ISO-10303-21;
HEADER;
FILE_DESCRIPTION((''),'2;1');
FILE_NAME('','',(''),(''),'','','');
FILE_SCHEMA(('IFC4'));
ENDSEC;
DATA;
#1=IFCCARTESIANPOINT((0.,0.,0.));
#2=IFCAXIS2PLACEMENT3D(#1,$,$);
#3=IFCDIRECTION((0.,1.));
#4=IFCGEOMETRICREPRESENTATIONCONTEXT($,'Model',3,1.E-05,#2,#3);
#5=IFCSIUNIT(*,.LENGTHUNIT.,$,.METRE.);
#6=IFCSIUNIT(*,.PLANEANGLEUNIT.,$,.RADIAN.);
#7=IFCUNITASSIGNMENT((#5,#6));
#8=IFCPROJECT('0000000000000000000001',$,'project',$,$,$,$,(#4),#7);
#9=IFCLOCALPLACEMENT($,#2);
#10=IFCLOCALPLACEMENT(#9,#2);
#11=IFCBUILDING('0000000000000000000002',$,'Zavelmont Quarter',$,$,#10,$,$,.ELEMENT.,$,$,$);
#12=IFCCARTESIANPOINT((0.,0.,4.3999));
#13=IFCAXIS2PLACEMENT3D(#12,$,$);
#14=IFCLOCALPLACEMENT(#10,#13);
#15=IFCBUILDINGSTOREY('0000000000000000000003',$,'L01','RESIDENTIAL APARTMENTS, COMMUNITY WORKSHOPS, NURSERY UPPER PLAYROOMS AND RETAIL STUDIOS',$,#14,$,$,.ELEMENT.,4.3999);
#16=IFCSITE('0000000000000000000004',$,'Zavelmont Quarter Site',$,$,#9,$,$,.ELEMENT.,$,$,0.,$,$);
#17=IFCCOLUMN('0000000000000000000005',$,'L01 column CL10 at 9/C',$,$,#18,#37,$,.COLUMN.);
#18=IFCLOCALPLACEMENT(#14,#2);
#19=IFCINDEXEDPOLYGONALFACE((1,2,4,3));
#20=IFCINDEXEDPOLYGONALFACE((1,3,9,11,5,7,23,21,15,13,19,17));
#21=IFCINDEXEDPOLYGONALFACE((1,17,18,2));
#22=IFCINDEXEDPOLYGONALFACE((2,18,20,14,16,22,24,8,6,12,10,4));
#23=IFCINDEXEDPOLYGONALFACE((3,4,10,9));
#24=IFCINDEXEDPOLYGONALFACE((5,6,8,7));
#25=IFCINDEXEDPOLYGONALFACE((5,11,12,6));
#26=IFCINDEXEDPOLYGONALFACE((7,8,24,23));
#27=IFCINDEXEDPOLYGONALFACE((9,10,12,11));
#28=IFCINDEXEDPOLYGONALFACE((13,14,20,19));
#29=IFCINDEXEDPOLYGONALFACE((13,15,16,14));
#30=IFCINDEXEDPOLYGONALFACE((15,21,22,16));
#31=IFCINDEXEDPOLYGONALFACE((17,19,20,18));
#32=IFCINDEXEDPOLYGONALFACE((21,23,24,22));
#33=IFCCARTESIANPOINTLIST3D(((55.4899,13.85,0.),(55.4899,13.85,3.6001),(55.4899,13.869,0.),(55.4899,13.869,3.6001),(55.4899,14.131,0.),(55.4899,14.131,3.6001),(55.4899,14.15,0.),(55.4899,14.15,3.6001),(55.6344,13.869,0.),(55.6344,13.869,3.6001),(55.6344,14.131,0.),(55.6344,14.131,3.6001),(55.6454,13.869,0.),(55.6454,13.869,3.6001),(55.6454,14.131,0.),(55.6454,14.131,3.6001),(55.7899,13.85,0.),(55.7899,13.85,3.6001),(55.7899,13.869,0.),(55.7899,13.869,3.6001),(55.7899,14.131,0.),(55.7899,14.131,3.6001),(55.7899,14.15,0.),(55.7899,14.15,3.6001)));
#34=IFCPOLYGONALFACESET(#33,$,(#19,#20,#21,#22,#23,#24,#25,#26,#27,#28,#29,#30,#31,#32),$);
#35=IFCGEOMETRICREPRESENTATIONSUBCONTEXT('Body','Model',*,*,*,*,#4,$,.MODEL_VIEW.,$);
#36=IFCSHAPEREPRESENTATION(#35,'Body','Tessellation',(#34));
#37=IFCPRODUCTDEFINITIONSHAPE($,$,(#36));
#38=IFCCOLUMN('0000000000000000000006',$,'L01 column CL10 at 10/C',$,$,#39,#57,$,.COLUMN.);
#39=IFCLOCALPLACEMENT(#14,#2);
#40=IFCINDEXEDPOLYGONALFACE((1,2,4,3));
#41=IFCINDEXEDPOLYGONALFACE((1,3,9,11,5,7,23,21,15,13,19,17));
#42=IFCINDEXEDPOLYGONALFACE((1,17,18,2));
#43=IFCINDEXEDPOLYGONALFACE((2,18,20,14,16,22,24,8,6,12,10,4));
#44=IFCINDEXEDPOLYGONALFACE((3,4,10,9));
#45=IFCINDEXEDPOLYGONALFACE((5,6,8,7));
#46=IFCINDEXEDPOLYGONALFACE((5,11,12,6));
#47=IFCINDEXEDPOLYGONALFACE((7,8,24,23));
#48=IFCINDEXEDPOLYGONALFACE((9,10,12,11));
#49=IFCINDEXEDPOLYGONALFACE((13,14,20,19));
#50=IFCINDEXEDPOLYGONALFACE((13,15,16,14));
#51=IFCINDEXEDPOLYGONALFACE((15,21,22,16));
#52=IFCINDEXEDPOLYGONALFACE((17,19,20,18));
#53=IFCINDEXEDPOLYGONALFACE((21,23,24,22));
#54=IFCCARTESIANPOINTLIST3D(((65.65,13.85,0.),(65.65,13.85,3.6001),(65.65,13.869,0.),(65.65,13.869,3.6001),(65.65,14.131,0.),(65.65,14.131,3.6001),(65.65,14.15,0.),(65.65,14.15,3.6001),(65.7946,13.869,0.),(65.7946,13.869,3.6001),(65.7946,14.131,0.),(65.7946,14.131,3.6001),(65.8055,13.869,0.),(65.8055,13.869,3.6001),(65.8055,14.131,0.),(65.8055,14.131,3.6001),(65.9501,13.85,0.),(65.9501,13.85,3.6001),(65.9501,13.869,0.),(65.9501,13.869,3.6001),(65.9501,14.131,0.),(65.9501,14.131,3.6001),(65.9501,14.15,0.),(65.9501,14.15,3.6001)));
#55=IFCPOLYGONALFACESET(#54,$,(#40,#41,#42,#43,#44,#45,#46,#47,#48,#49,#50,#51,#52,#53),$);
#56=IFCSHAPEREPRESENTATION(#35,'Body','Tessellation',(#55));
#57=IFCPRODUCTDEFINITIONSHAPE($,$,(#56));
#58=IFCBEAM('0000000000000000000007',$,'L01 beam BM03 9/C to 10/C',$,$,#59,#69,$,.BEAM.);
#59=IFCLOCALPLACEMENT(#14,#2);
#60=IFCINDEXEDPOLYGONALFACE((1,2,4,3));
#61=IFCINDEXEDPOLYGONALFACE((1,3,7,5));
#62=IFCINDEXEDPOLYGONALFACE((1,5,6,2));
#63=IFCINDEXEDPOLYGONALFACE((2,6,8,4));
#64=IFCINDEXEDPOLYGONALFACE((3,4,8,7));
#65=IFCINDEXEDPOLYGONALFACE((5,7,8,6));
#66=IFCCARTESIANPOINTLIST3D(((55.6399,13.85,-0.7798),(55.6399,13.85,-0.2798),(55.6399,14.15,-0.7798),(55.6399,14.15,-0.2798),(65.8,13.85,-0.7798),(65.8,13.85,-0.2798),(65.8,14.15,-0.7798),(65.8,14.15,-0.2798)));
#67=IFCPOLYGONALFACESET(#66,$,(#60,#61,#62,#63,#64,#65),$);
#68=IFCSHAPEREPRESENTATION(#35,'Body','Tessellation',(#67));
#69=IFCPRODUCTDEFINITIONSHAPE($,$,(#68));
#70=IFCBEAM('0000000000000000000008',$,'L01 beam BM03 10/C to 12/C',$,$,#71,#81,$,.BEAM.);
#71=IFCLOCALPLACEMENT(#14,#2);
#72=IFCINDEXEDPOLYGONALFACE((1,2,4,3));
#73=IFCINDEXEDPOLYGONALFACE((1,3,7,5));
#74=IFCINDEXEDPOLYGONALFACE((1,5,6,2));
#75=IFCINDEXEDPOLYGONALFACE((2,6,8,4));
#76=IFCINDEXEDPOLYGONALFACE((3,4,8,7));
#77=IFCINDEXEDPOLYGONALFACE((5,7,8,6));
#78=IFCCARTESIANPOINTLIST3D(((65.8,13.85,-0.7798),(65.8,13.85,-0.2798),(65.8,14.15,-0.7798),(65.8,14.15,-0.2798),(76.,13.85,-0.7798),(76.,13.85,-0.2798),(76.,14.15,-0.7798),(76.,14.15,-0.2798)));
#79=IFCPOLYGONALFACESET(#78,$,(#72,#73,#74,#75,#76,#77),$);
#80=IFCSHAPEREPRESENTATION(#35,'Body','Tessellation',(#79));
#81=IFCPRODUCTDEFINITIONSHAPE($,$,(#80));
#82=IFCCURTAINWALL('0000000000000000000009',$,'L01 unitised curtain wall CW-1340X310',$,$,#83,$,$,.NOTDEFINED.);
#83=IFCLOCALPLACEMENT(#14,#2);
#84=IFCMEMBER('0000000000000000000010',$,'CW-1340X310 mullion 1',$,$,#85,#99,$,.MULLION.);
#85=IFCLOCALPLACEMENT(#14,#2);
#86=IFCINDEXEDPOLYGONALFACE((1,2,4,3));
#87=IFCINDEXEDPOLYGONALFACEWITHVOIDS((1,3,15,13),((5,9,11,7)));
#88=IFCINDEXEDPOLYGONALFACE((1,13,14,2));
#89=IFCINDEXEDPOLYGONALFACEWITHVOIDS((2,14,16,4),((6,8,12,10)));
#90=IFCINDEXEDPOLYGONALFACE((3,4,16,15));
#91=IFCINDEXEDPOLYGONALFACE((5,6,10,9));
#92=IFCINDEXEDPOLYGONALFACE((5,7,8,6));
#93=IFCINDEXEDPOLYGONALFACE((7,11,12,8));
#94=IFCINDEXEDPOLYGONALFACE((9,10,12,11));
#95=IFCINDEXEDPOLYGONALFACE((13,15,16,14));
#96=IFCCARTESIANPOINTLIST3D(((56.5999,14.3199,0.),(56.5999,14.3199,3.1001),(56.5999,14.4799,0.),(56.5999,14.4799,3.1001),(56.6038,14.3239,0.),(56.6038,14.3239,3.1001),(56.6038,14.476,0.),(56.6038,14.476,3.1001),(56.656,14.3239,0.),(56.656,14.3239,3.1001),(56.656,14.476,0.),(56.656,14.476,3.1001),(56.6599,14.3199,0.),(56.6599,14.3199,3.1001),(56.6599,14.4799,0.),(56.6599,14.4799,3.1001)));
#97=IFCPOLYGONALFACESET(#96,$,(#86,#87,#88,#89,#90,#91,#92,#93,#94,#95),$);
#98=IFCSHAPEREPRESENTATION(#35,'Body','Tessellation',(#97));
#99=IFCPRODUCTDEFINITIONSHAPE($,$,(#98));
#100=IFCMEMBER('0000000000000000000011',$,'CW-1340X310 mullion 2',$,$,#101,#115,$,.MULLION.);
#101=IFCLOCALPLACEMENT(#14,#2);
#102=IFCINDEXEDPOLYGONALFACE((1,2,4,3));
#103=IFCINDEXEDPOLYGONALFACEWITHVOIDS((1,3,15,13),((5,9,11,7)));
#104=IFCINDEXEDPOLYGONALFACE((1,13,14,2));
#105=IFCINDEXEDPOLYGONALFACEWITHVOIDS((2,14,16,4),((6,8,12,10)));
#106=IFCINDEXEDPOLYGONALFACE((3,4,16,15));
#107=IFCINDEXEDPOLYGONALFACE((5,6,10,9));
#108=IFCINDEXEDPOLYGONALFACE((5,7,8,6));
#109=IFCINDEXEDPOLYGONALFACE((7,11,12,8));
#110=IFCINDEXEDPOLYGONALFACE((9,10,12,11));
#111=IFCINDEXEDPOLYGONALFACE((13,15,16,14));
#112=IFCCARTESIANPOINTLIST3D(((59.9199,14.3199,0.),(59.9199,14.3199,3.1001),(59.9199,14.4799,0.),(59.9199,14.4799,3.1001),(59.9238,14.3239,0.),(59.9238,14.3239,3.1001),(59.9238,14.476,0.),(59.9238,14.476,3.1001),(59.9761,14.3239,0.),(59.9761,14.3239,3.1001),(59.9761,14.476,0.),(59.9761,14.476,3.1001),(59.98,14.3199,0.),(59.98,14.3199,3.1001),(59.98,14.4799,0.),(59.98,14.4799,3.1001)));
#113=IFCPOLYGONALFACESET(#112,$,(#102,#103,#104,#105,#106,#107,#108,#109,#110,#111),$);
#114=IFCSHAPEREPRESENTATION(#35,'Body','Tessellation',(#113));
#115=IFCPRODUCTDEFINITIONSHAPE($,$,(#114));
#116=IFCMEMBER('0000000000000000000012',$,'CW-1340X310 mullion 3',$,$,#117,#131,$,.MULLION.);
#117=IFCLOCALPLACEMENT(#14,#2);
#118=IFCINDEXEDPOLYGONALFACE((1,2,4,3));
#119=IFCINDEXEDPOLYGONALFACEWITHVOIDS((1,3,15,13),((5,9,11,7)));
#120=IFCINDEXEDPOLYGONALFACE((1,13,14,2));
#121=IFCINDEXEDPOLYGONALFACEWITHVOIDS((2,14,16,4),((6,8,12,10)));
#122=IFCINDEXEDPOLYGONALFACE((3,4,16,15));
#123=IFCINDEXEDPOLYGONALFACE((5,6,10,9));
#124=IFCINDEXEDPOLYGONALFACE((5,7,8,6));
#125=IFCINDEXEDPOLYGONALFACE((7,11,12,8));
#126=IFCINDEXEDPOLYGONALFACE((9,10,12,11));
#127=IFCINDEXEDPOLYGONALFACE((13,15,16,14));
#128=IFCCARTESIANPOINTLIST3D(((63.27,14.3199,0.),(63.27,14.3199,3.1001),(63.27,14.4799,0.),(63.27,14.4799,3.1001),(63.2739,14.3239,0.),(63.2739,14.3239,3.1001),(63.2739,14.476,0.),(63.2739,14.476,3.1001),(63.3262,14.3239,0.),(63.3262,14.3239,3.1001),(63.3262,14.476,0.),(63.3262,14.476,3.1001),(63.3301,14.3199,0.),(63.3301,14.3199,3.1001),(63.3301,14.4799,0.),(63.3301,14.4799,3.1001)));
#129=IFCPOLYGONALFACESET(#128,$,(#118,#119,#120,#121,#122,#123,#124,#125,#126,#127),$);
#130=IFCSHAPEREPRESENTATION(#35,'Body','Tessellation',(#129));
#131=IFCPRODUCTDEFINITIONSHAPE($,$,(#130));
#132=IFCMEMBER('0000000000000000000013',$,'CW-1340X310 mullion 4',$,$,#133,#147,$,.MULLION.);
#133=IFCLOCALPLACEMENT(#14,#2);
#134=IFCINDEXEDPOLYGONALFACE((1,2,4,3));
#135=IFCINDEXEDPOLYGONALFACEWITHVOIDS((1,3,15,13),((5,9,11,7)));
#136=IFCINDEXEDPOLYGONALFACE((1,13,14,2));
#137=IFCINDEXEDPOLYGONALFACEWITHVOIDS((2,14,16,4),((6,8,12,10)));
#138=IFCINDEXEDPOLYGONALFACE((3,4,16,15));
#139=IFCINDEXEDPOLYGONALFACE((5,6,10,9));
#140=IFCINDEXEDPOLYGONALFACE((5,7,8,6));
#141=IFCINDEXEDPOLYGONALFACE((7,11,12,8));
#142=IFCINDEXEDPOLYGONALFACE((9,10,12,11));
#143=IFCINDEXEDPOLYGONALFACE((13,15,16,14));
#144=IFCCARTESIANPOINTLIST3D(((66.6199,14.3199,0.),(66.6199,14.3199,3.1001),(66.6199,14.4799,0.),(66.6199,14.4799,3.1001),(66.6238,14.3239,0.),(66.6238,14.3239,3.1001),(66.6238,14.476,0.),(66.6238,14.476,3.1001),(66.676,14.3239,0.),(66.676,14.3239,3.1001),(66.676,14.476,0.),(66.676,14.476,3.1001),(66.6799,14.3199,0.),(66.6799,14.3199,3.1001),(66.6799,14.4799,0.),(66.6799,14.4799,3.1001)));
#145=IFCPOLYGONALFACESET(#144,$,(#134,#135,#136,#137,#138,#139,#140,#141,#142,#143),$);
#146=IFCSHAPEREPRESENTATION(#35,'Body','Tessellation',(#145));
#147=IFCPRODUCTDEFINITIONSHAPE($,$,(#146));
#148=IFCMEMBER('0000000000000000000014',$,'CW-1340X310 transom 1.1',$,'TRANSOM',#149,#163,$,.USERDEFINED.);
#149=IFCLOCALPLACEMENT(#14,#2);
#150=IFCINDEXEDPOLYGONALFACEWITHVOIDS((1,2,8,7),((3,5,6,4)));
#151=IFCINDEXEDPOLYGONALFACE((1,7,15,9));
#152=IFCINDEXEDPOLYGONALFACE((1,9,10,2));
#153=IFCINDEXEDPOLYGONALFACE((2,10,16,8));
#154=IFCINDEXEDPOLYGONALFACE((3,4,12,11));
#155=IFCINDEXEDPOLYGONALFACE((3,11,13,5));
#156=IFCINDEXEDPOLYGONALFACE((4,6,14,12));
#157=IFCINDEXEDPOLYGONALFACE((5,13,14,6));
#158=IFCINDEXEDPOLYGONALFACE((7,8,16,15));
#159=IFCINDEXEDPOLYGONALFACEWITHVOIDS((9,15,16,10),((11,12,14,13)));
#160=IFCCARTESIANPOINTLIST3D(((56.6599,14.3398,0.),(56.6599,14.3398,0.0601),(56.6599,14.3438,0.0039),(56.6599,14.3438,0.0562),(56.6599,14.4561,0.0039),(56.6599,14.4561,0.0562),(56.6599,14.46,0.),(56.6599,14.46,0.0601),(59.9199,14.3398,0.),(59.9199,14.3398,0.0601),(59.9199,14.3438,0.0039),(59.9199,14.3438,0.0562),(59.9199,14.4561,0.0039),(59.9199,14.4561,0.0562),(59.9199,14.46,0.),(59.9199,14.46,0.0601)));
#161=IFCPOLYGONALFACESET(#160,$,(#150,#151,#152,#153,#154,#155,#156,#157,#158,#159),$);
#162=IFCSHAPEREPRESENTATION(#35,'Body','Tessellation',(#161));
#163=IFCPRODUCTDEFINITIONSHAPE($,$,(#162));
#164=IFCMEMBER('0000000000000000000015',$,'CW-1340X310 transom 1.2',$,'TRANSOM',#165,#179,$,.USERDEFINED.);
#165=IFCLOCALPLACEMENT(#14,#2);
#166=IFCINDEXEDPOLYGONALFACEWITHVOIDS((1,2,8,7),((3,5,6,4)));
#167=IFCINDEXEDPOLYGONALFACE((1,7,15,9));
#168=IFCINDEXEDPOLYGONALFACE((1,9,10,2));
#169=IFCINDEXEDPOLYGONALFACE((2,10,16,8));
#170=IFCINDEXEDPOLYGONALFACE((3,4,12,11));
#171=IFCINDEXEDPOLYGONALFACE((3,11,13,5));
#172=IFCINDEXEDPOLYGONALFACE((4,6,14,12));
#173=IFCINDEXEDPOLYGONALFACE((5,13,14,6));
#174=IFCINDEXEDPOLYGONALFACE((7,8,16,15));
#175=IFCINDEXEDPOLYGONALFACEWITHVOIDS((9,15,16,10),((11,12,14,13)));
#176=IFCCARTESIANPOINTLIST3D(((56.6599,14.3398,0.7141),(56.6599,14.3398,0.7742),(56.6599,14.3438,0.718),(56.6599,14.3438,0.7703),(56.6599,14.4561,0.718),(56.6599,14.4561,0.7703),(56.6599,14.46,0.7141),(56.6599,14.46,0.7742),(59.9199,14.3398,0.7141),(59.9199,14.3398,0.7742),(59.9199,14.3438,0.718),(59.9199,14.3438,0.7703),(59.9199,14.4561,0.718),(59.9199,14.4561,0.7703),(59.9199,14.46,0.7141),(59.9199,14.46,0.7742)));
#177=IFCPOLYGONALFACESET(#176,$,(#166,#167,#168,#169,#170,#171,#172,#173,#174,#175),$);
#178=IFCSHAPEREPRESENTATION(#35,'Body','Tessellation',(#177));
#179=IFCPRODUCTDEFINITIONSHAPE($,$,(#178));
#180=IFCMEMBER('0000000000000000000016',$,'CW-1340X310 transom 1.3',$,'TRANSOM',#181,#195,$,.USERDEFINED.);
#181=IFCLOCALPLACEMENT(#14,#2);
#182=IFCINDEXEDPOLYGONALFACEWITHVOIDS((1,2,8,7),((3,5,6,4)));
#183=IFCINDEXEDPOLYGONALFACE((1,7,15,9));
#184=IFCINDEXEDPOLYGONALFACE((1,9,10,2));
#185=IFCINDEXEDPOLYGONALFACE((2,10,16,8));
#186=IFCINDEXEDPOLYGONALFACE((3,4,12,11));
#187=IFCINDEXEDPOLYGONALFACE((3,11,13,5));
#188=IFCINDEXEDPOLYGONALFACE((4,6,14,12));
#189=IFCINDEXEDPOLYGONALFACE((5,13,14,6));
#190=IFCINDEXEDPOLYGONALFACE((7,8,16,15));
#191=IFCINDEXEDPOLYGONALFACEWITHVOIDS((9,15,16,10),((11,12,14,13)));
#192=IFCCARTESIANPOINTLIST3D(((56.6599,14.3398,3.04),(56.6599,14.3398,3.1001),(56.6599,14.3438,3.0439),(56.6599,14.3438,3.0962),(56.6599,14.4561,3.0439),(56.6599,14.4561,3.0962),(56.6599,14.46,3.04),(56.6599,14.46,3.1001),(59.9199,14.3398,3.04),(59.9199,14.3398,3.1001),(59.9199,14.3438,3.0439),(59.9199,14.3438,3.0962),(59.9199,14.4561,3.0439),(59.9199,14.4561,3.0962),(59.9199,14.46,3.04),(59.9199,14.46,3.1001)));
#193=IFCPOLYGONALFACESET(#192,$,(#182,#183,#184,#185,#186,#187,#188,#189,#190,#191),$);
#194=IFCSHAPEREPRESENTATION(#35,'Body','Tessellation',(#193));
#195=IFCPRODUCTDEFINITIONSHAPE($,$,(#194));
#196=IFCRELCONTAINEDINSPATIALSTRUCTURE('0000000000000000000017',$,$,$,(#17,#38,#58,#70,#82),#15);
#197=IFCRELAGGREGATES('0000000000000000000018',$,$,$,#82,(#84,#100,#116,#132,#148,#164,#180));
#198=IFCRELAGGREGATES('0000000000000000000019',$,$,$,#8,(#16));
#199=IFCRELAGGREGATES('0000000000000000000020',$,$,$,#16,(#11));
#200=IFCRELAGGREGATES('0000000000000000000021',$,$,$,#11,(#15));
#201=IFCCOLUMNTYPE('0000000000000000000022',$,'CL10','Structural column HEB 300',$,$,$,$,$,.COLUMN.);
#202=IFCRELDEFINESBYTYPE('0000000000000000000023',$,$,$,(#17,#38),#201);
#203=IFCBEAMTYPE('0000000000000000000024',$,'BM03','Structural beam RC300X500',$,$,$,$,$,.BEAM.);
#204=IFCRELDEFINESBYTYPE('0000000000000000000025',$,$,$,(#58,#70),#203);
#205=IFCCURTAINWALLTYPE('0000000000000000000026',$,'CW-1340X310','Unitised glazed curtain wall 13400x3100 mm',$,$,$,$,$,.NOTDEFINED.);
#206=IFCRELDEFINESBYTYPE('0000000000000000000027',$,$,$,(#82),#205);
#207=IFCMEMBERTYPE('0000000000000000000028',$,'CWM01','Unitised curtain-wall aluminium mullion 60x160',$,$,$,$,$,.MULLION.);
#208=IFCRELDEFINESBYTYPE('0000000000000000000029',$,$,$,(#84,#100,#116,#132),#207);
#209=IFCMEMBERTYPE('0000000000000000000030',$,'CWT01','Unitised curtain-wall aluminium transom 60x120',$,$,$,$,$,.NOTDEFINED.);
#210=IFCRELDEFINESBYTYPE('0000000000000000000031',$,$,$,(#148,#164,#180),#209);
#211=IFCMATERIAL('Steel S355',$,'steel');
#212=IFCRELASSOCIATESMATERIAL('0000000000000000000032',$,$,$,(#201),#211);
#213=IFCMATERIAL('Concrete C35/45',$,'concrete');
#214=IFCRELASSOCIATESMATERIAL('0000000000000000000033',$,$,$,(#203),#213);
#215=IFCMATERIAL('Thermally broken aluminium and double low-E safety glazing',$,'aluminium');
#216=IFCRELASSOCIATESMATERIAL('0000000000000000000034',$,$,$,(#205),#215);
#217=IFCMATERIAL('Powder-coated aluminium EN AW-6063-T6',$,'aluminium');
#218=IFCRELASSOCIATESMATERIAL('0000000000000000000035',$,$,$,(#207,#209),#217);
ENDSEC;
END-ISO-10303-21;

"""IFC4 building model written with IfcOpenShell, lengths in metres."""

from ifc_helpers import new_model, si_unit, direction, frame, origin, origin_2d, place, context, subcontext, project, spatial, rectangle, hollow_rectangle, i_section, extrude, material, material_profile, profile_set, type_object, element, aggregate, save


model = new_model("IFC4")

# Units and contexts
model_context = context("Model", 3, precision=1e-05, world=origin(), true_north=direction((0.0, 1.0)))
body_context = subcontext(model_context, "Body", "Model", "MODEL_VIEW")
ifc_project = project(units=[si_unit("LENGTHUNIT", "METRE"), si_unit("PLANEANGLEUNIT", "RADIAN")], contexts=[model_context])

# Site, building, storey
site_placement = place(None, origin())
site = spatial("IfcSite", under=ifc_project, at=site_placement, Name="Zavelmont Quarter Site", CompositionType="ELEMENT", RefElevation=0.0)
building_placement = place(site_placement, origin())
building = spatial("IfcBuilding", under=site, at=building_placement, Name="Zavelmont Quarter", CompositionType="ELEMENT")
storey_placement = place(building_placement, frame((0.0, 0.0, 4.3999)))
storey = spatial("IfcBuildingStorey", under=building, at=storey_placement, Name="L01", Description="RESIDENTIAL APARTMENTS, COMMUNITY WORKSHOPS, NURSERY UPPER PLAYROOMS AND RETAIL STUDIOS", CompositionType="ELEMENT", Elevation=4.3999)

# Columns
ifc_material_1 = material(Name="Steel S355", Category="steel")
ifc_material_profile_1 = material_profile(ifc_material_1, i_section(OverallWidth=0.3, OverallDepth=0.3, WebThickness=0.011, FlangeThickness=0.019, at=origin_2d()), Name="HEB 300")
ifc_profile_set_1 = profile_set([ifc_material_profile_1], Name="Steel S355")
column_type = type_object("IfcColumnType", Name="CL10", Description="Structural column HEB 300", PredefinedType="COLUMN", material=ifc_profile_set_1)
for number, where, z_axis, x_axis, name in (
    (1, (55.6399, 14.0, 0.0), (0.0, 0.0, 1.0), (1.0, 0.0, 0.0), "L01 column CL10 at 9/C"),
    (2, (65.8, 14.0, 0.0), (0.0, 0.0, 1.0), (1.0, 0.0, 0.0), "L01 column CL10 at 10/C"),
):
    element("IfcColumn", number, at=place(storey_placement, frame(where, z_axis=z_axis, x_axis=x_axis)), inside=storey, type_object=column_type, Name=name, PredefinedType="COLUMN", context=body_context, shape_type="SweptSolid", body=[
        extrude(i_section(OverallWidth=0.3, OverallDepth=0.3, WebThickness=0.011, FlangeThickness=0.019, at=origin_2d()), origin(), (0.0, 0.0, 1.0), 3.6001),
    ])

# Beams
ifc_material_2 = material(Name="Concrete C35/45", Category="concrete")
ifc_material_profile_2 = material_profile(ifc_material_2, rectangle(XDim=0.3, YDim=0.5, at=origin_2d()), Name="RC300X500")
ifc_profile_set_2 = profile_set([ifc_material_profile_2], Name="Concrete C35/45")
beam_type = type_object("IfcBeamType", Name="BM03", Description="Structural beam RC300X500", PredefinedType="BEAM", material=ifc_profile_set_2)
beam_1_placement = place(storey_placement, frame((55.6399, 14.0, -0.5298), z_axis=(1.0, 0.0, 0.0), x_axis=(0.0, 1.0, 0.0)))
element("IfcBeam", 3, at=beam_1_placement, inside=storey, type_object=beam_type, Name="L01 beam BM03 9/C to 10/C", PredefinedType="BEAM", context=body_context, shape_type="SweptSolid", body=[
    extrude(rectangle(XDim=0.3, YDim=0.5, at=origin_2d()), origin(), (0.0, 0.0, 1.0), 10.1602),
])
beam_2_placement = place(storey_placement, frame((65.8, 14.0, -0.5298), z_axis=(1.0, 0.0, 0.0), x_axis=(0.0, 1.0, 0.0)))
element("IfcBeam", 4, at=beam_2_placement, inside=storey, type_object=beam_type, Name="L01 beam BM03 10/C to 12/C", PredefinedType="BEAM", context=body_context, shape_type="SweptSolid", body=[
    extrude(rectangle(XDim=0.3, YDim=0.5, at=origin_2d()), origin(), (0.0, 0.0, 1.0), 10.2),
])

# Curtain wall, members
ifc_material_3 = material(Name="Thermally broken aluminium and double low-E safety glazing", Category="aluminium")
curtain_wall_type = type_object("IfcCurtainWallType", Name="CW-1340X310", Description="Unitised glazed curtain wall 13400x3100 mm", PredefinedType="NOTDEFINED", material=ifc_material_3)
curtain_wall_placement = place(storey_placement, origin())
curtain_wall = element("IfcCurtainWall", 5, at=curtain_wall_placement, inside=storey, type_object=curtain_wall_type, Name="L01 unitised curtain wall CW-1340X310", PredefinedType="NOTDEFINED")
ifc_material_4 = material(Name="Powder-coated aluminium EN AW-6063-T6", Category="aluminium")
ifc_material_profile_3 = material_profile(ifc_material_4, hollow_rectangle(XDim=0.0601, YDim=0.1599, WallThickness=0.0039, at=origin_2d()), Name="CWM60X160")
ifc_profile_set_3 = profile_set([ifc_material_profile_3], Name="Powder-coated aluminium EN AW-6063-T6")
member_type_1 = type_object("IfcMemberType", Name="CWM01", Description="Unitised curtain-wall aluminium mullion 60x160", PredefinedType="MULLION", material=ifc_profile_set_3)
member_1_placement = place(storey_placement, frame((56.6299, 14.3999, 0.0), z_axis=(0.0, 0.0, 1.0), x_axis=(1.0, 0.0, 0.0)))
member_1 = element("IfcMember", 6, at=member_1_placement, type_object=member_type_1, Name="CW-1340X310 mullion 1", PredefinedType="MULLION", context=body_context, shape_type="SweptSolid", body=[
    extrude(hollow_rectangle(XDim=0.0601, YDim=0.1599, WallThickness=0.0039, at=origin_2d()), origin(), (0.0, 0.0, 1.0), 3.1001),
])
member_2_placement = place(storey_placement, frame((59.95, 14.3999, 0.0), z_axis=(0.0, 0.0, 1.0), x_axis=(1.0, 0.0, 0.0)))
member_2 = element("IfcMember", 7, at=member_2_placement, type_object=member_type_1, Name="CW-1340X310 mullion 2", PredefinedType="MULLION", context=body_context, shape_type="SweptSolid", body=[
    extrude(hollow_rectangle(XDim=0.0601, YDim=0.1599, WallThickness=0.0039, at=origin_2d()), origin(), (0.0, 0.0, 1.0), 3.1001),
])
member_3_placement = place(storey_placement, frame((63.3, 14.3999, 0.0), z_axis=(0.0, 0.0, 1.0), x_axis=(1.0, 0.0, 0.0)))
member_3 = element("IfcMember", 8, at=member_3_placement, type_object=member_type_1, Name="CW-1340X310 mullion 3", PredefinedType="MULLION", context=body_context, shape_type="SweptSolid", body=[
    extrude(hollow_rectangle(XDim=0.0601, YDim=0.1599, WallThickness=0.0039, at=origin_2d()), origin(), (0.0, 0.0, 1.0), 3.1001),
])
member_4_placement = place(storey_placement, frame((66.6499, 14.3999, 0.0), z_axis=(0.0, 0.0, 1.0), x_axis=(1.0, 0.0, 0.0)))
member_4 = element("IfcMember", 9, at=member_4_placement, type_object=member_type_1, Name="CW-1340X310 mullion 4", PredefinedType="MULLION", context=body_context, shape_type="SweptSolid", body=[
    extrude(hollow_rectangle(XDim=0.0601, YDim=0.1599, WallThickness=0.0039, at=origin_2d()), origin(), (0.0, 0.0, 1.0), 3.1001),
])
ifc_material_profile_4 = material_profile(ifc_material_4, hollow_rectangle(XDim=0.1201, YDim=0.0601, WallThickness=0.0039, at=origin_2d()), Name="CWT60X120")
ifc_profile_set_4 = profile_set([ifc_material_profile_4], Name="Powder-coated aluminium EN AW-6063-T6")
member_type_2 = type_object("IfcMemberType", Name="CWT01", Description="Unitised curtain-wall aluminium transom 60x120", PredefinedType="NOTDEFINED", material=ifc_profile_set_4)
member_5_placement = place(storey_placement, frame((56.6599, 14.3999, 0.03), z_axis=(1.0, 0.0, 0.0), x_axis=(0.0, 1.0, 0.0)))
member_5 = element("IfcMember", 10, at=member_5_placement, type_object=member_type_2, Name="CW-1340X310 transom 1.1", ObjectType="TRANSOM", PredefinedType="USERDEFINED", context=body_context, shape_type="SweptSolid", body=[
    extrude(hollow_rectangle(XDim=0.1201, YDim=0.0601, WallThickness=0.0039, at=origin_2d()), origin(), (0.0, 0.0, 1.0), 3.26),
])
member_6_placement = place(storey_placement, frame((56.6599, 14.3999, 0.7441), z_axis=(1.0, 0.0, 0.0), x_axis=(0.0, 1.0, 0.0)))
member_6 = element("IfcMember", 11, at=member_6_placement, type_object=member_type_2, Name="CW-1340X310 transom 1.2", ObjectType="TRANSOM", PredefinedType="USERDEFINED", context=body_context, shape_type="SweptSolid", body=[
    extrude(hollow_rectangle(XDim=0.1201, YDim=0.0601, WallThickness=0.0039, at=origin_2d()), origin(), (0.0, 0.0, 1.0), 3.26),
])
member_7_placement = place(storey_placement, frame((56.6599, 14.3999, 3.0701), z_axis=(1.0, 0.0, 0.0), x_axis=(0.0, 1.0, 0.0)))
member_7 = element("IfcMember", 12, at=member_7_placement, type_object=member_type_2, Name="CW-1340X310 transom 1.3", ObjectType="TRANSOM", PredefinedType="USERDEFINED", context=body_context, shape_type="SweptSolid", body=[
    extrude(hollow_rectangle(XDim=0.1201, YDim=0.0601, WallThickness=0.0039, at=origin_2d()), origin(), (0.0, 0.0, 1.0), 3.26),
])

aggregate(curtain_wall, [member_1, member_2, member_3, member_4, member_5, member_6, member_7])

save(model, "model.ifc")
